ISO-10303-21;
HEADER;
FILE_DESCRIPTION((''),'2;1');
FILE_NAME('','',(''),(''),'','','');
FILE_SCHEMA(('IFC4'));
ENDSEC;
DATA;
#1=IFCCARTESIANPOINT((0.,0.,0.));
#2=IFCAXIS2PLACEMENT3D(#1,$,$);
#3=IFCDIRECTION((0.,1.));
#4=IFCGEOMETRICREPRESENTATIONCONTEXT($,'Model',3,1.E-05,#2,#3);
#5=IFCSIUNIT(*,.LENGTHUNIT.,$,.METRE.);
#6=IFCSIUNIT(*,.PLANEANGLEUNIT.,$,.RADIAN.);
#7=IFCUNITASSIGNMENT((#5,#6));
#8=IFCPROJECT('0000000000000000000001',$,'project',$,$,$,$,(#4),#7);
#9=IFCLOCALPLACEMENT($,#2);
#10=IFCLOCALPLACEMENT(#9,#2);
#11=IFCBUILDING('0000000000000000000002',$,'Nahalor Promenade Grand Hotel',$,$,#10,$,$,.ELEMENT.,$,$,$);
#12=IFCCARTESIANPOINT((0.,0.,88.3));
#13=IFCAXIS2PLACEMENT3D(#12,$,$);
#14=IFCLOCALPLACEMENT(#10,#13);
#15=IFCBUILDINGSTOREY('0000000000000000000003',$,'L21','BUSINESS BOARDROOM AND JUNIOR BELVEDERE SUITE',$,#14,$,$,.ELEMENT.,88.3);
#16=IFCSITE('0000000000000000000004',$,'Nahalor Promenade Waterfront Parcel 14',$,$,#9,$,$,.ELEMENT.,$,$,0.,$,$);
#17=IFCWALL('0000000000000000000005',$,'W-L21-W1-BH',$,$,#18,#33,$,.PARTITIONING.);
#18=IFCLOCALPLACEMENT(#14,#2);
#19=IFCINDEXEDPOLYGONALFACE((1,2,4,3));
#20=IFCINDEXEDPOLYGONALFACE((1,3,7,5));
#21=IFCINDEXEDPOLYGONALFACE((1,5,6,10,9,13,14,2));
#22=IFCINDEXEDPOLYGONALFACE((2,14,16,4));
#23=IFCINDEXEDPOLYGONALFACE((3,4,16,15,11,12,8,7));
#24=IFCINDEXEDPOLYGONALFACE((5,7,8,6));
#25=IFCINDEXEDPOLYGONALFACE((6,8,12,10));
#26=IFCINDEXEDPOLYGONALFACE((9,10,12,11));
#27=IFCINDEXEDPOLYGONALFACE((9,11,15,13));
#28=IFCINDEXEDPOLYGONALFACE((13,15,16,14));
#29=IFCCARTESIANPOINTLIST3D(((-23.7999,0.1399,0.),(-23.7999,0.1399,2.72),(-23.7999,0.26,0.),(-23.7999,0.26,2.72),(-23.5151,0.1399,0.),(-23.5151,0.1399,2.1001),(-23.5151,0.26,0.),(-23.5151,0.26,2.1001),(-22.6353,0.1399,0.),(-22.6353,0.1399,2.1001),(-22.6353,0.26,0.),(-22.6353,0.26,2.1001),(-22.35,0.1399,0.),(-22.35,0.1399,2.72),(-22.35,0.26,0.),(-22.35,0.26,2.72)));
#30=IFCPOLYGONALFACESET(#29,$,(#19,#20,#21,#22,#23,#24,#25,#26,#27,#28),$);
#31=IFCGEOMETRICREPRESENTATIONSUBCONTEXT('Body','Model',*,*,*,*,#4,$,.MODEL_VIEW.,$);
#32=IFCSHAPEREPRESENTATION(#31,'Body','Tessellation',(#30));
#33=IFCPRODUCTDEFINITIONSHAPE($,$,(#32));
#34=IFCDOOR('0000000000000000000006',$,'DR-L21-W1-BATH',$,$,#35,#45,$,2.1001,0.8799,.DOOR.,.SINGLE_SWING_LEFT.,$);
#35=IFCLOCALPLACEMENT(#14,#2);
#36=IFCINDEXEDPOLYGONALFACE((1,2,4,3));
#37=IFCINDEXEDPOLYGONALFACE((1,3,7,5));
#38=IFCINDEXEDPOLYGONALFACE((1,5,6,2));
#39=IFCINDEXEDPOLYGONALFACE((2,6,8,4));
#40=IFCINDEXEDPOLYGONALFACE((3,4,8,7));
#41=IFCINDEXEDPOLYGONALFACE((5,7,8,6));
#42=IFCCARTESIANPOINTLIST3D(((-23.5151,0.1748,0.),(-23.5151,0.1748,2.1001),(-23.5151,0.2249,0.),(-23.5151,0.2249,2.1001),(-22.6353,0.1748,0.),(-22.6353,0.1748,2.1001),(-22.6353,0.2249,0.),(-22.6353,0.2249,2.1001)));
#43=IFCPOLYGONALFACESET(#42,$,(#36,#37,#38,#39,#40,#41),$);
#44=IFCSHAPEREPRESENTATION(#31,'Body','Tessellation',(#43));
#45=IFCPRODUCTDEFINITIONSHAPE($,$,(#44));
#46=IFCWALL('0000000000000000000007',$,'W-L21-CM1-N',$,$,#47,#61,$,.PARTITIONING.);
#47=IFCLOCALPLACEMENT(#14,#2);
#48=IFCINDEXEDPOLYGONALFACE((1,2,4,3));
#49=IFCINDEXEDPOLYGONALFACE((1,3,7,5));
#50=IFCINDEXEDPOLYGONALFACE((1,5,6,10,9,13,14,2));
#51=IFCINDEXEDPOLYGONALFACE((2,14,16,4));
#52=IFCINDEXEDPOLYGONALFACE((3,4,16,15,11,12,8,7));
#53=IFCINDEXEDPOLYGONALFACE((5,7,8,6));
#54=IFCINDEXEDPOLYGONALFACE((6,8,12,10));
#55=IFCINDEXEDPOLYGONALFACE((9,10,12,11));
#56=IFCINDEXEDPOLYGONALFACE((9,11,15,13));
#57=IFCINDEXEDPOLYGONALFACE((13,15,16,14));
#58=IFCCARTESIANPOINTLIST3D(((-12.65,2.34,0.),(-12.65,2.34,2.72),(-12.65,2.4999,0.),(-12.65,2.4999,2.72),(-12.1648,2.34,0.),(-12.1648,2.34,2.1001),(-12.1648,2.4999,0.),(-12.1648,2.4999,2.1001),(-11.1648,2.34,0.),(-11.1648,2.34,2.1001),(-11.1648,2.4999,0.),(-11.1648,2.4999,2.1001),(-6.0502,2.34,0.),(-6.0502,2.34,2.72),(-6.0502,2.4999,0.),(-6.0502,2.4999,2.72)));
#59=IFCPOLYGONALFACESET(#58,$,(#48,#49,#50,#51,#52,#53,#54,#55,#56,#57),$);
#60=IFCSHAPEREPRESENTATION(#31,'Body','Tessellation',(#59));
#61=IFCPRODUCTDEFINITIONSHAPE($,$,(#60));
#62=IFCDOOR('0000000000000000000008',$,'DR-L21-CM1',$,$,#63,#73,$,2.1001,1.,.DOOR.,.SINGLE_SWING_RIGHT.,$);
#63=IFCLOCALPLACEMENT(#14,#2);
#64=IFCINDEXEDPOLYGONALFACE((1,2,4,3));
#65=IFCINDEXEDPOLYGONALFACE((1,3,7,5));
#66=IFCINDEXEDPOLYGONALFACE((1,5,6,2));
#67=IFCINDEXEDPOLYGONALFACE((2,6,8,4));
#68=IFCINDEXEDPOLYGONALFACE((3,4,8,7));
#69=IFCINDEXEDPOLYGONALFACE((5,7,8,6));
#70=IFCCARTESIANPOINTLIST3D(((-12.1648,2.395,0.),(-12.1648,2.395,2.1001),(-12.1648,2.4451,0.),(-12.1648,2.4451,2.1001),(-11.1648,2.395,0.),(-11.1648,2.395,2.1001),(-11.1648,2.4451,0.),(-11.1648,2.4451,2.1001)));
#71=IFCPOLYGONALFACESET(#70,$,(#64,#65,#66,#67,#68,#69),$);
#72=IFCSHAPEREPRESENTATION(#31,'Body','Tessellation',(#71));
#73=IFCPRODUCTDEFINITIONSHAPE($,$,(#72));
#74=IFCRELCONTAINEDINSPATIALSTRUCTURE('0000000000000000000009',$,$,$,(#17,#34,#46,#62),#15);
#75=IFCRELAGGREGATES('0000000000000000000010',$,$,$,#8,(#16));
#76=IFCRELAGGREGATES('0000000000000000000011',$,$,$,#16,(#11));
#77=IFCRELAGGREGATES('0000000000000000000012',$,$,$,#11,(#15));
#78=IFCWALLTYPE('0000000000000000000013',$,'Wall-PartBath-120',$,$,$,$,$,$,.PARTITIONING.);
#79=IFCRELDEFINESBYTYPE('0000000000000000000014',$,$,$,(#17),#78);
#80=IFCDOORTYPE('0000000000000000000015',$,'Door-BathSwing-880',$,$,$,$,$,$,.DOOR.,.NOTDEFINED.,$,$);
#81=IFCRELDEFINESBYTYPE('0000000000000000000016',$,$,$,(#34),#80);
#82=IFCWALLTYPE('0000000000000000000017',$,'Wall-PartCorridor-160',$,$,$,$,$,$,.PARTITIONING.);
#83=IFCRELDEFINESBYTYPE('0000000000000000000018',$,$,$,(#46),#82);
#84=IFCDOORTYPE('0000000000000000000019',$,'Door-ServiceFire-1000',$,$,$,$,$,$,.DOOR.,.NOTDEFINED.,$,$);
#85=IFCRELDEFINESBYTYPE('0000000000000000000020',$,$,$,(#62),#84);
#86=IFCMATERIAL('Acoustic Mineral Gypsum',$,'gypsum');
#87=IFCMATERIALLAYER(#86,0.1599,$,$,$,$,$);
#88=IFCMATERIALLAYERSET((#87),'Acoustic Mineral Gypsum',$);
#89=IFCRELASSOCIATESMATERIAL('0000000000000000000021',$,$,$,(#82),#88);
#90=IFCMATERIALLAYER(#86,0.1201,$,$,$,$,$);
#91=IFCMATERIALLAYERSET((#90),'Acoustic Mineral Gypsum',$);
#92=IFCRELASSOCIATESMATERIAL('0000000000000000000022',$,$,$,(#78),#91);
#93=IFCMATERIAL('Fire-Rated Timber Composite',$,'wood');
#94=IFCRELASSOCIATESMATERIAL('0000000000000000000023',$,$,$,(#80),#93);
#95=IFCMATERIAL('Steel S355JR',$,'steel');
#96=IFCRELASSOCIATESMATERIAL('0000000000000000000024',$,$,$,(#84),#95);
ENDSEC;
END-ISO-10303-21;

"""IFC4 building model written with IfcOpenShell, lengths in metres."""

from ifc_helpers import new_model, si_unit, direction, frame, frame_2d, origin, place, context, subcontext, project, spatial, rectangle, extrude, source, transform, mapped, material, layer, layer_set, type_object, element, fill, save


model = new_model("IFC4")

# Units and contexts
model_context = context("Model", 3, precision=1e-05, world=origin(), true_north=direction((0.0, 1.0)))
body_context = subcontext(model_context, "Body", "Model", "MODEL_VIEW")
ifc_project = project(units=[si_unit("LENGTHUNIT", "METRE"), si_unit("PLANEANGLEUNIT", "RADIAN")], contexts=[model_context])

# Site, building, storey
site_placement = place(None, origin())
site = spatial("IfcSite", under=ifc_project, at=site_placement, Name="Nahalor Promenade Waterfront Parcel 14", CompositionType="ELEMENT", RefElevation=0.0)
building_placement = place(site_placement, origin())
building = spatial("IfcBuilding", under=site, at=building_placement, Name="Nahalor Promenade Grand Hotel", CompositionType="ELEMENT")
storey_placement = place(building_placement, frame((0.0, 0.0, 88.3)))
storey = spatial("IfcBuildingStorey", under=building, at=storey_placement, Name="L21", Description="BUSINESS BOARDROOM AND JUNIOR BELVEDERE SUITE", CompositionType="ELEMENT", Elevation=88.3)

# Shared definitions
ifc_material_1 = material(Name="Steel S355JR", Category="steel")

# Shared definitions
ifc_material_2 = material(Name="Acoustic Mineral Gypsum", Category="gypsum")
ifc_layer_1 = layer(ifc_material_2, 0.1599)
ifc_layer_set_1 = layer_set([ifc_layer_1], Name="Acoustic Mineral Gypsum")
wall_type_1 = type_object("IfcWallType", Name="Wall-PartCorridor-160", PredefinedType="PARTITIONING", material=ifc_layer_set_1)
ifc_material_3 = material(Name="Fire-Rated Timber Composite", Category="wood")

# Shared definitions
ifc_layer_2 = layer(ifc_material_2, 0.1201)
ifc_layer_set_2 = layer_set([ifc_layer_2], Name="Acoustic Mineral Gypsum")
wall_type_2 = type_object("IfcWallType", Name="Wall-PartBath-120", PredefinedType="PARTITIONING", material=ifc_layer_set_2)

# Walls, openings, doors
shared_shape_1 = source(origin(), body_context, "Body", "SweptSolid", [
    extrude(rectangle(XDim=1.45, YDim=0.1201, at=frame_2d((0.7251, 0.0))), origin(), (0.0, 0.0, 1.0), 2.72),
])
wall_1_placement = place(storey_placement, frame((-23.8, 0.2, 0.0), z_axis=(0.0, 0.0, 1.0), x_axis=(1.0, 0.0, 0.0)))
wall_1 = element("IfcWall", 1, at=wall_1_placement, inside=storey, type_object=wall_type_2, Name="W-L21-W1-BH", PredefinedType="PARTITIONING", context=body_context, shape_type="MappedRepresentation", body=[
    mapped(shared_shape_1, transform((0.0, 0.0, 0.0), scale=1.0)),
])
opening_1_placement = place(wall_1_placement, frame((0.2849, 0.0, 0.0)))
opening_1 = element("IfcOpeningElement", 2, at=opening_1_placement, cuts=wall_1, PredefinedType="OPENING", context=body_context, shape_type="SweptSolid", body=[
    extrude(rectangle(XDim=0.8799, YDim=2.1001, at=frame_2d((0.4399, 1.05))), frame((0.0, 0.0701, 0.0), z_axis=(0.0, -1.0, 0.0), x_axis=(1.0, 0.0, 0.0)), (0.0, 0.0, 1.0), 0.1401),
])
door_type_1 = type_object("IfcDoorType", Name="Door-BathSwing-880", OperationType="NOTDEFINED", PredefinedType="DOOR", material=ifc_material_3)
shared_shape_2 = source(origin(), body_context, "Body", "SweptSolid", [
    extrude(rectangle(XDim=0.8799, YDim=2.1001, at=frame_2d((0.4399, 1.05))), frame((0.0, 0.0249, 0.0), z_axis=(0.0, -1.0, 0.0), x_axis=(1.0, 0.0, 0.0)), (0.0, 0.0, 1.0), 0.05),
])
door_1_placement = place(opening_1_placement, origin())
door_1 = element("IfcDoor", 3, at=door_1_placement, inside=storey, type_object=door_type_1, Name="DR-L21-W1-BATH", OperationType="SINGLE_SWING_LEFT", OverallHeight=2.1001, OverallWidth=0.8799, PredefinedType="DOOR", context=body_context, shape_type="MappedRepresentation", body=[
    mapped(shared_shape_2, transform((0.0, 0.0, 0.0), scale=1.0)),
])
fill(opening_1, door_1)
shared_shape_3 = source(origin(), body_context, "Body", "SweptSolid", [
    extrude(rectangle(XDim=6.5999, YDim=0.1599, at=frame_2d((3.2998, 0.0))), origin(), (0.0, 0.0, 1.0), 2.72),
])
wall_2_placement = place(storey_placement, frame((-12.6499, 2.4199, 0.0), z_axis=(0.0, 0.0, 1.0), x_axis=(1.0, 0.0, 0.0)))
wall_2 = element("IfcWall", 4, at=wall_2_placement, inside=storey, type_object=wall_type_1, Name="W-L21-CM1-N", PredefinedType="PARTITIONING", context=body_context, shape_type="MappedRepresentation", body=[
    mapped(shared_shape_3, transform((0.0, 0.0, 0.0), scale=1.0)),
])
opening_2_placement = place(wall_2_placement, frame((0.4851, 0.0, 0.0)))
opening_2 = element("IfcOpeningElement", 5, at=opening_2_placement, cuts=wall_2, PredefinedType="OPENING", context=body_context, shape_type="SweptSolid", body=[
    extrude(rectangle(XDim=1.0, YDim=2.1001, at=frame_2d((0.5, 1.05))), frame((0.0, 0.0898, 0.0), z_axis=(0.0, -1.0, 0.0), x_axis=(1.0, 0.0, 0.0)), (0.0, 0.0, 1.0), 0.1799),
])
door_type_2 = type_object("IfcDoorType", Name="Door-ServiceFire-1000", OperationType="NOTDEFINED", PredefinedType="DOOR", material=ifc_material_1)
shared_shape_4 = source(origin(), body_context, "Body", "SweptSolid", [
    extrude(rectangle(XDim=1.0, YDim=2.1001, at=frame_2d((0.5, 1.05))), frame((0.0, 0.0249, 0.0), z_axis=(0.0, -1.0, 0.0), x_axis=(1.0, 0.0, 0.0)), (0.0, 0.0, 1.0), 0.05),
])
door_2_placement = place(opening_2_placement, frame((1.0, 0.0, 0.0), z_axis=(0.0, 0.0, 1.0), x_axis=(-1.0, 0.0, 0.0)))
door_2 = element("IfcDoor", 6, at=door_2_placement, inside=storey, type_object=door_type_2, Name="DR-L21-CM1", OperationType="SINGLE_SWING_RIGHT", OverallHeight=2.1001, OverallWidth=1.0, PredefinedType="DOOR", context=body_context, shape_type="MappedRepresentation", body=[
    mapped(shared_shape_4, transform((0.0, 0.0, 0.0), scale=1.0)),
])
fill(opening_2, door_2)

save(model, "model.ifc")
